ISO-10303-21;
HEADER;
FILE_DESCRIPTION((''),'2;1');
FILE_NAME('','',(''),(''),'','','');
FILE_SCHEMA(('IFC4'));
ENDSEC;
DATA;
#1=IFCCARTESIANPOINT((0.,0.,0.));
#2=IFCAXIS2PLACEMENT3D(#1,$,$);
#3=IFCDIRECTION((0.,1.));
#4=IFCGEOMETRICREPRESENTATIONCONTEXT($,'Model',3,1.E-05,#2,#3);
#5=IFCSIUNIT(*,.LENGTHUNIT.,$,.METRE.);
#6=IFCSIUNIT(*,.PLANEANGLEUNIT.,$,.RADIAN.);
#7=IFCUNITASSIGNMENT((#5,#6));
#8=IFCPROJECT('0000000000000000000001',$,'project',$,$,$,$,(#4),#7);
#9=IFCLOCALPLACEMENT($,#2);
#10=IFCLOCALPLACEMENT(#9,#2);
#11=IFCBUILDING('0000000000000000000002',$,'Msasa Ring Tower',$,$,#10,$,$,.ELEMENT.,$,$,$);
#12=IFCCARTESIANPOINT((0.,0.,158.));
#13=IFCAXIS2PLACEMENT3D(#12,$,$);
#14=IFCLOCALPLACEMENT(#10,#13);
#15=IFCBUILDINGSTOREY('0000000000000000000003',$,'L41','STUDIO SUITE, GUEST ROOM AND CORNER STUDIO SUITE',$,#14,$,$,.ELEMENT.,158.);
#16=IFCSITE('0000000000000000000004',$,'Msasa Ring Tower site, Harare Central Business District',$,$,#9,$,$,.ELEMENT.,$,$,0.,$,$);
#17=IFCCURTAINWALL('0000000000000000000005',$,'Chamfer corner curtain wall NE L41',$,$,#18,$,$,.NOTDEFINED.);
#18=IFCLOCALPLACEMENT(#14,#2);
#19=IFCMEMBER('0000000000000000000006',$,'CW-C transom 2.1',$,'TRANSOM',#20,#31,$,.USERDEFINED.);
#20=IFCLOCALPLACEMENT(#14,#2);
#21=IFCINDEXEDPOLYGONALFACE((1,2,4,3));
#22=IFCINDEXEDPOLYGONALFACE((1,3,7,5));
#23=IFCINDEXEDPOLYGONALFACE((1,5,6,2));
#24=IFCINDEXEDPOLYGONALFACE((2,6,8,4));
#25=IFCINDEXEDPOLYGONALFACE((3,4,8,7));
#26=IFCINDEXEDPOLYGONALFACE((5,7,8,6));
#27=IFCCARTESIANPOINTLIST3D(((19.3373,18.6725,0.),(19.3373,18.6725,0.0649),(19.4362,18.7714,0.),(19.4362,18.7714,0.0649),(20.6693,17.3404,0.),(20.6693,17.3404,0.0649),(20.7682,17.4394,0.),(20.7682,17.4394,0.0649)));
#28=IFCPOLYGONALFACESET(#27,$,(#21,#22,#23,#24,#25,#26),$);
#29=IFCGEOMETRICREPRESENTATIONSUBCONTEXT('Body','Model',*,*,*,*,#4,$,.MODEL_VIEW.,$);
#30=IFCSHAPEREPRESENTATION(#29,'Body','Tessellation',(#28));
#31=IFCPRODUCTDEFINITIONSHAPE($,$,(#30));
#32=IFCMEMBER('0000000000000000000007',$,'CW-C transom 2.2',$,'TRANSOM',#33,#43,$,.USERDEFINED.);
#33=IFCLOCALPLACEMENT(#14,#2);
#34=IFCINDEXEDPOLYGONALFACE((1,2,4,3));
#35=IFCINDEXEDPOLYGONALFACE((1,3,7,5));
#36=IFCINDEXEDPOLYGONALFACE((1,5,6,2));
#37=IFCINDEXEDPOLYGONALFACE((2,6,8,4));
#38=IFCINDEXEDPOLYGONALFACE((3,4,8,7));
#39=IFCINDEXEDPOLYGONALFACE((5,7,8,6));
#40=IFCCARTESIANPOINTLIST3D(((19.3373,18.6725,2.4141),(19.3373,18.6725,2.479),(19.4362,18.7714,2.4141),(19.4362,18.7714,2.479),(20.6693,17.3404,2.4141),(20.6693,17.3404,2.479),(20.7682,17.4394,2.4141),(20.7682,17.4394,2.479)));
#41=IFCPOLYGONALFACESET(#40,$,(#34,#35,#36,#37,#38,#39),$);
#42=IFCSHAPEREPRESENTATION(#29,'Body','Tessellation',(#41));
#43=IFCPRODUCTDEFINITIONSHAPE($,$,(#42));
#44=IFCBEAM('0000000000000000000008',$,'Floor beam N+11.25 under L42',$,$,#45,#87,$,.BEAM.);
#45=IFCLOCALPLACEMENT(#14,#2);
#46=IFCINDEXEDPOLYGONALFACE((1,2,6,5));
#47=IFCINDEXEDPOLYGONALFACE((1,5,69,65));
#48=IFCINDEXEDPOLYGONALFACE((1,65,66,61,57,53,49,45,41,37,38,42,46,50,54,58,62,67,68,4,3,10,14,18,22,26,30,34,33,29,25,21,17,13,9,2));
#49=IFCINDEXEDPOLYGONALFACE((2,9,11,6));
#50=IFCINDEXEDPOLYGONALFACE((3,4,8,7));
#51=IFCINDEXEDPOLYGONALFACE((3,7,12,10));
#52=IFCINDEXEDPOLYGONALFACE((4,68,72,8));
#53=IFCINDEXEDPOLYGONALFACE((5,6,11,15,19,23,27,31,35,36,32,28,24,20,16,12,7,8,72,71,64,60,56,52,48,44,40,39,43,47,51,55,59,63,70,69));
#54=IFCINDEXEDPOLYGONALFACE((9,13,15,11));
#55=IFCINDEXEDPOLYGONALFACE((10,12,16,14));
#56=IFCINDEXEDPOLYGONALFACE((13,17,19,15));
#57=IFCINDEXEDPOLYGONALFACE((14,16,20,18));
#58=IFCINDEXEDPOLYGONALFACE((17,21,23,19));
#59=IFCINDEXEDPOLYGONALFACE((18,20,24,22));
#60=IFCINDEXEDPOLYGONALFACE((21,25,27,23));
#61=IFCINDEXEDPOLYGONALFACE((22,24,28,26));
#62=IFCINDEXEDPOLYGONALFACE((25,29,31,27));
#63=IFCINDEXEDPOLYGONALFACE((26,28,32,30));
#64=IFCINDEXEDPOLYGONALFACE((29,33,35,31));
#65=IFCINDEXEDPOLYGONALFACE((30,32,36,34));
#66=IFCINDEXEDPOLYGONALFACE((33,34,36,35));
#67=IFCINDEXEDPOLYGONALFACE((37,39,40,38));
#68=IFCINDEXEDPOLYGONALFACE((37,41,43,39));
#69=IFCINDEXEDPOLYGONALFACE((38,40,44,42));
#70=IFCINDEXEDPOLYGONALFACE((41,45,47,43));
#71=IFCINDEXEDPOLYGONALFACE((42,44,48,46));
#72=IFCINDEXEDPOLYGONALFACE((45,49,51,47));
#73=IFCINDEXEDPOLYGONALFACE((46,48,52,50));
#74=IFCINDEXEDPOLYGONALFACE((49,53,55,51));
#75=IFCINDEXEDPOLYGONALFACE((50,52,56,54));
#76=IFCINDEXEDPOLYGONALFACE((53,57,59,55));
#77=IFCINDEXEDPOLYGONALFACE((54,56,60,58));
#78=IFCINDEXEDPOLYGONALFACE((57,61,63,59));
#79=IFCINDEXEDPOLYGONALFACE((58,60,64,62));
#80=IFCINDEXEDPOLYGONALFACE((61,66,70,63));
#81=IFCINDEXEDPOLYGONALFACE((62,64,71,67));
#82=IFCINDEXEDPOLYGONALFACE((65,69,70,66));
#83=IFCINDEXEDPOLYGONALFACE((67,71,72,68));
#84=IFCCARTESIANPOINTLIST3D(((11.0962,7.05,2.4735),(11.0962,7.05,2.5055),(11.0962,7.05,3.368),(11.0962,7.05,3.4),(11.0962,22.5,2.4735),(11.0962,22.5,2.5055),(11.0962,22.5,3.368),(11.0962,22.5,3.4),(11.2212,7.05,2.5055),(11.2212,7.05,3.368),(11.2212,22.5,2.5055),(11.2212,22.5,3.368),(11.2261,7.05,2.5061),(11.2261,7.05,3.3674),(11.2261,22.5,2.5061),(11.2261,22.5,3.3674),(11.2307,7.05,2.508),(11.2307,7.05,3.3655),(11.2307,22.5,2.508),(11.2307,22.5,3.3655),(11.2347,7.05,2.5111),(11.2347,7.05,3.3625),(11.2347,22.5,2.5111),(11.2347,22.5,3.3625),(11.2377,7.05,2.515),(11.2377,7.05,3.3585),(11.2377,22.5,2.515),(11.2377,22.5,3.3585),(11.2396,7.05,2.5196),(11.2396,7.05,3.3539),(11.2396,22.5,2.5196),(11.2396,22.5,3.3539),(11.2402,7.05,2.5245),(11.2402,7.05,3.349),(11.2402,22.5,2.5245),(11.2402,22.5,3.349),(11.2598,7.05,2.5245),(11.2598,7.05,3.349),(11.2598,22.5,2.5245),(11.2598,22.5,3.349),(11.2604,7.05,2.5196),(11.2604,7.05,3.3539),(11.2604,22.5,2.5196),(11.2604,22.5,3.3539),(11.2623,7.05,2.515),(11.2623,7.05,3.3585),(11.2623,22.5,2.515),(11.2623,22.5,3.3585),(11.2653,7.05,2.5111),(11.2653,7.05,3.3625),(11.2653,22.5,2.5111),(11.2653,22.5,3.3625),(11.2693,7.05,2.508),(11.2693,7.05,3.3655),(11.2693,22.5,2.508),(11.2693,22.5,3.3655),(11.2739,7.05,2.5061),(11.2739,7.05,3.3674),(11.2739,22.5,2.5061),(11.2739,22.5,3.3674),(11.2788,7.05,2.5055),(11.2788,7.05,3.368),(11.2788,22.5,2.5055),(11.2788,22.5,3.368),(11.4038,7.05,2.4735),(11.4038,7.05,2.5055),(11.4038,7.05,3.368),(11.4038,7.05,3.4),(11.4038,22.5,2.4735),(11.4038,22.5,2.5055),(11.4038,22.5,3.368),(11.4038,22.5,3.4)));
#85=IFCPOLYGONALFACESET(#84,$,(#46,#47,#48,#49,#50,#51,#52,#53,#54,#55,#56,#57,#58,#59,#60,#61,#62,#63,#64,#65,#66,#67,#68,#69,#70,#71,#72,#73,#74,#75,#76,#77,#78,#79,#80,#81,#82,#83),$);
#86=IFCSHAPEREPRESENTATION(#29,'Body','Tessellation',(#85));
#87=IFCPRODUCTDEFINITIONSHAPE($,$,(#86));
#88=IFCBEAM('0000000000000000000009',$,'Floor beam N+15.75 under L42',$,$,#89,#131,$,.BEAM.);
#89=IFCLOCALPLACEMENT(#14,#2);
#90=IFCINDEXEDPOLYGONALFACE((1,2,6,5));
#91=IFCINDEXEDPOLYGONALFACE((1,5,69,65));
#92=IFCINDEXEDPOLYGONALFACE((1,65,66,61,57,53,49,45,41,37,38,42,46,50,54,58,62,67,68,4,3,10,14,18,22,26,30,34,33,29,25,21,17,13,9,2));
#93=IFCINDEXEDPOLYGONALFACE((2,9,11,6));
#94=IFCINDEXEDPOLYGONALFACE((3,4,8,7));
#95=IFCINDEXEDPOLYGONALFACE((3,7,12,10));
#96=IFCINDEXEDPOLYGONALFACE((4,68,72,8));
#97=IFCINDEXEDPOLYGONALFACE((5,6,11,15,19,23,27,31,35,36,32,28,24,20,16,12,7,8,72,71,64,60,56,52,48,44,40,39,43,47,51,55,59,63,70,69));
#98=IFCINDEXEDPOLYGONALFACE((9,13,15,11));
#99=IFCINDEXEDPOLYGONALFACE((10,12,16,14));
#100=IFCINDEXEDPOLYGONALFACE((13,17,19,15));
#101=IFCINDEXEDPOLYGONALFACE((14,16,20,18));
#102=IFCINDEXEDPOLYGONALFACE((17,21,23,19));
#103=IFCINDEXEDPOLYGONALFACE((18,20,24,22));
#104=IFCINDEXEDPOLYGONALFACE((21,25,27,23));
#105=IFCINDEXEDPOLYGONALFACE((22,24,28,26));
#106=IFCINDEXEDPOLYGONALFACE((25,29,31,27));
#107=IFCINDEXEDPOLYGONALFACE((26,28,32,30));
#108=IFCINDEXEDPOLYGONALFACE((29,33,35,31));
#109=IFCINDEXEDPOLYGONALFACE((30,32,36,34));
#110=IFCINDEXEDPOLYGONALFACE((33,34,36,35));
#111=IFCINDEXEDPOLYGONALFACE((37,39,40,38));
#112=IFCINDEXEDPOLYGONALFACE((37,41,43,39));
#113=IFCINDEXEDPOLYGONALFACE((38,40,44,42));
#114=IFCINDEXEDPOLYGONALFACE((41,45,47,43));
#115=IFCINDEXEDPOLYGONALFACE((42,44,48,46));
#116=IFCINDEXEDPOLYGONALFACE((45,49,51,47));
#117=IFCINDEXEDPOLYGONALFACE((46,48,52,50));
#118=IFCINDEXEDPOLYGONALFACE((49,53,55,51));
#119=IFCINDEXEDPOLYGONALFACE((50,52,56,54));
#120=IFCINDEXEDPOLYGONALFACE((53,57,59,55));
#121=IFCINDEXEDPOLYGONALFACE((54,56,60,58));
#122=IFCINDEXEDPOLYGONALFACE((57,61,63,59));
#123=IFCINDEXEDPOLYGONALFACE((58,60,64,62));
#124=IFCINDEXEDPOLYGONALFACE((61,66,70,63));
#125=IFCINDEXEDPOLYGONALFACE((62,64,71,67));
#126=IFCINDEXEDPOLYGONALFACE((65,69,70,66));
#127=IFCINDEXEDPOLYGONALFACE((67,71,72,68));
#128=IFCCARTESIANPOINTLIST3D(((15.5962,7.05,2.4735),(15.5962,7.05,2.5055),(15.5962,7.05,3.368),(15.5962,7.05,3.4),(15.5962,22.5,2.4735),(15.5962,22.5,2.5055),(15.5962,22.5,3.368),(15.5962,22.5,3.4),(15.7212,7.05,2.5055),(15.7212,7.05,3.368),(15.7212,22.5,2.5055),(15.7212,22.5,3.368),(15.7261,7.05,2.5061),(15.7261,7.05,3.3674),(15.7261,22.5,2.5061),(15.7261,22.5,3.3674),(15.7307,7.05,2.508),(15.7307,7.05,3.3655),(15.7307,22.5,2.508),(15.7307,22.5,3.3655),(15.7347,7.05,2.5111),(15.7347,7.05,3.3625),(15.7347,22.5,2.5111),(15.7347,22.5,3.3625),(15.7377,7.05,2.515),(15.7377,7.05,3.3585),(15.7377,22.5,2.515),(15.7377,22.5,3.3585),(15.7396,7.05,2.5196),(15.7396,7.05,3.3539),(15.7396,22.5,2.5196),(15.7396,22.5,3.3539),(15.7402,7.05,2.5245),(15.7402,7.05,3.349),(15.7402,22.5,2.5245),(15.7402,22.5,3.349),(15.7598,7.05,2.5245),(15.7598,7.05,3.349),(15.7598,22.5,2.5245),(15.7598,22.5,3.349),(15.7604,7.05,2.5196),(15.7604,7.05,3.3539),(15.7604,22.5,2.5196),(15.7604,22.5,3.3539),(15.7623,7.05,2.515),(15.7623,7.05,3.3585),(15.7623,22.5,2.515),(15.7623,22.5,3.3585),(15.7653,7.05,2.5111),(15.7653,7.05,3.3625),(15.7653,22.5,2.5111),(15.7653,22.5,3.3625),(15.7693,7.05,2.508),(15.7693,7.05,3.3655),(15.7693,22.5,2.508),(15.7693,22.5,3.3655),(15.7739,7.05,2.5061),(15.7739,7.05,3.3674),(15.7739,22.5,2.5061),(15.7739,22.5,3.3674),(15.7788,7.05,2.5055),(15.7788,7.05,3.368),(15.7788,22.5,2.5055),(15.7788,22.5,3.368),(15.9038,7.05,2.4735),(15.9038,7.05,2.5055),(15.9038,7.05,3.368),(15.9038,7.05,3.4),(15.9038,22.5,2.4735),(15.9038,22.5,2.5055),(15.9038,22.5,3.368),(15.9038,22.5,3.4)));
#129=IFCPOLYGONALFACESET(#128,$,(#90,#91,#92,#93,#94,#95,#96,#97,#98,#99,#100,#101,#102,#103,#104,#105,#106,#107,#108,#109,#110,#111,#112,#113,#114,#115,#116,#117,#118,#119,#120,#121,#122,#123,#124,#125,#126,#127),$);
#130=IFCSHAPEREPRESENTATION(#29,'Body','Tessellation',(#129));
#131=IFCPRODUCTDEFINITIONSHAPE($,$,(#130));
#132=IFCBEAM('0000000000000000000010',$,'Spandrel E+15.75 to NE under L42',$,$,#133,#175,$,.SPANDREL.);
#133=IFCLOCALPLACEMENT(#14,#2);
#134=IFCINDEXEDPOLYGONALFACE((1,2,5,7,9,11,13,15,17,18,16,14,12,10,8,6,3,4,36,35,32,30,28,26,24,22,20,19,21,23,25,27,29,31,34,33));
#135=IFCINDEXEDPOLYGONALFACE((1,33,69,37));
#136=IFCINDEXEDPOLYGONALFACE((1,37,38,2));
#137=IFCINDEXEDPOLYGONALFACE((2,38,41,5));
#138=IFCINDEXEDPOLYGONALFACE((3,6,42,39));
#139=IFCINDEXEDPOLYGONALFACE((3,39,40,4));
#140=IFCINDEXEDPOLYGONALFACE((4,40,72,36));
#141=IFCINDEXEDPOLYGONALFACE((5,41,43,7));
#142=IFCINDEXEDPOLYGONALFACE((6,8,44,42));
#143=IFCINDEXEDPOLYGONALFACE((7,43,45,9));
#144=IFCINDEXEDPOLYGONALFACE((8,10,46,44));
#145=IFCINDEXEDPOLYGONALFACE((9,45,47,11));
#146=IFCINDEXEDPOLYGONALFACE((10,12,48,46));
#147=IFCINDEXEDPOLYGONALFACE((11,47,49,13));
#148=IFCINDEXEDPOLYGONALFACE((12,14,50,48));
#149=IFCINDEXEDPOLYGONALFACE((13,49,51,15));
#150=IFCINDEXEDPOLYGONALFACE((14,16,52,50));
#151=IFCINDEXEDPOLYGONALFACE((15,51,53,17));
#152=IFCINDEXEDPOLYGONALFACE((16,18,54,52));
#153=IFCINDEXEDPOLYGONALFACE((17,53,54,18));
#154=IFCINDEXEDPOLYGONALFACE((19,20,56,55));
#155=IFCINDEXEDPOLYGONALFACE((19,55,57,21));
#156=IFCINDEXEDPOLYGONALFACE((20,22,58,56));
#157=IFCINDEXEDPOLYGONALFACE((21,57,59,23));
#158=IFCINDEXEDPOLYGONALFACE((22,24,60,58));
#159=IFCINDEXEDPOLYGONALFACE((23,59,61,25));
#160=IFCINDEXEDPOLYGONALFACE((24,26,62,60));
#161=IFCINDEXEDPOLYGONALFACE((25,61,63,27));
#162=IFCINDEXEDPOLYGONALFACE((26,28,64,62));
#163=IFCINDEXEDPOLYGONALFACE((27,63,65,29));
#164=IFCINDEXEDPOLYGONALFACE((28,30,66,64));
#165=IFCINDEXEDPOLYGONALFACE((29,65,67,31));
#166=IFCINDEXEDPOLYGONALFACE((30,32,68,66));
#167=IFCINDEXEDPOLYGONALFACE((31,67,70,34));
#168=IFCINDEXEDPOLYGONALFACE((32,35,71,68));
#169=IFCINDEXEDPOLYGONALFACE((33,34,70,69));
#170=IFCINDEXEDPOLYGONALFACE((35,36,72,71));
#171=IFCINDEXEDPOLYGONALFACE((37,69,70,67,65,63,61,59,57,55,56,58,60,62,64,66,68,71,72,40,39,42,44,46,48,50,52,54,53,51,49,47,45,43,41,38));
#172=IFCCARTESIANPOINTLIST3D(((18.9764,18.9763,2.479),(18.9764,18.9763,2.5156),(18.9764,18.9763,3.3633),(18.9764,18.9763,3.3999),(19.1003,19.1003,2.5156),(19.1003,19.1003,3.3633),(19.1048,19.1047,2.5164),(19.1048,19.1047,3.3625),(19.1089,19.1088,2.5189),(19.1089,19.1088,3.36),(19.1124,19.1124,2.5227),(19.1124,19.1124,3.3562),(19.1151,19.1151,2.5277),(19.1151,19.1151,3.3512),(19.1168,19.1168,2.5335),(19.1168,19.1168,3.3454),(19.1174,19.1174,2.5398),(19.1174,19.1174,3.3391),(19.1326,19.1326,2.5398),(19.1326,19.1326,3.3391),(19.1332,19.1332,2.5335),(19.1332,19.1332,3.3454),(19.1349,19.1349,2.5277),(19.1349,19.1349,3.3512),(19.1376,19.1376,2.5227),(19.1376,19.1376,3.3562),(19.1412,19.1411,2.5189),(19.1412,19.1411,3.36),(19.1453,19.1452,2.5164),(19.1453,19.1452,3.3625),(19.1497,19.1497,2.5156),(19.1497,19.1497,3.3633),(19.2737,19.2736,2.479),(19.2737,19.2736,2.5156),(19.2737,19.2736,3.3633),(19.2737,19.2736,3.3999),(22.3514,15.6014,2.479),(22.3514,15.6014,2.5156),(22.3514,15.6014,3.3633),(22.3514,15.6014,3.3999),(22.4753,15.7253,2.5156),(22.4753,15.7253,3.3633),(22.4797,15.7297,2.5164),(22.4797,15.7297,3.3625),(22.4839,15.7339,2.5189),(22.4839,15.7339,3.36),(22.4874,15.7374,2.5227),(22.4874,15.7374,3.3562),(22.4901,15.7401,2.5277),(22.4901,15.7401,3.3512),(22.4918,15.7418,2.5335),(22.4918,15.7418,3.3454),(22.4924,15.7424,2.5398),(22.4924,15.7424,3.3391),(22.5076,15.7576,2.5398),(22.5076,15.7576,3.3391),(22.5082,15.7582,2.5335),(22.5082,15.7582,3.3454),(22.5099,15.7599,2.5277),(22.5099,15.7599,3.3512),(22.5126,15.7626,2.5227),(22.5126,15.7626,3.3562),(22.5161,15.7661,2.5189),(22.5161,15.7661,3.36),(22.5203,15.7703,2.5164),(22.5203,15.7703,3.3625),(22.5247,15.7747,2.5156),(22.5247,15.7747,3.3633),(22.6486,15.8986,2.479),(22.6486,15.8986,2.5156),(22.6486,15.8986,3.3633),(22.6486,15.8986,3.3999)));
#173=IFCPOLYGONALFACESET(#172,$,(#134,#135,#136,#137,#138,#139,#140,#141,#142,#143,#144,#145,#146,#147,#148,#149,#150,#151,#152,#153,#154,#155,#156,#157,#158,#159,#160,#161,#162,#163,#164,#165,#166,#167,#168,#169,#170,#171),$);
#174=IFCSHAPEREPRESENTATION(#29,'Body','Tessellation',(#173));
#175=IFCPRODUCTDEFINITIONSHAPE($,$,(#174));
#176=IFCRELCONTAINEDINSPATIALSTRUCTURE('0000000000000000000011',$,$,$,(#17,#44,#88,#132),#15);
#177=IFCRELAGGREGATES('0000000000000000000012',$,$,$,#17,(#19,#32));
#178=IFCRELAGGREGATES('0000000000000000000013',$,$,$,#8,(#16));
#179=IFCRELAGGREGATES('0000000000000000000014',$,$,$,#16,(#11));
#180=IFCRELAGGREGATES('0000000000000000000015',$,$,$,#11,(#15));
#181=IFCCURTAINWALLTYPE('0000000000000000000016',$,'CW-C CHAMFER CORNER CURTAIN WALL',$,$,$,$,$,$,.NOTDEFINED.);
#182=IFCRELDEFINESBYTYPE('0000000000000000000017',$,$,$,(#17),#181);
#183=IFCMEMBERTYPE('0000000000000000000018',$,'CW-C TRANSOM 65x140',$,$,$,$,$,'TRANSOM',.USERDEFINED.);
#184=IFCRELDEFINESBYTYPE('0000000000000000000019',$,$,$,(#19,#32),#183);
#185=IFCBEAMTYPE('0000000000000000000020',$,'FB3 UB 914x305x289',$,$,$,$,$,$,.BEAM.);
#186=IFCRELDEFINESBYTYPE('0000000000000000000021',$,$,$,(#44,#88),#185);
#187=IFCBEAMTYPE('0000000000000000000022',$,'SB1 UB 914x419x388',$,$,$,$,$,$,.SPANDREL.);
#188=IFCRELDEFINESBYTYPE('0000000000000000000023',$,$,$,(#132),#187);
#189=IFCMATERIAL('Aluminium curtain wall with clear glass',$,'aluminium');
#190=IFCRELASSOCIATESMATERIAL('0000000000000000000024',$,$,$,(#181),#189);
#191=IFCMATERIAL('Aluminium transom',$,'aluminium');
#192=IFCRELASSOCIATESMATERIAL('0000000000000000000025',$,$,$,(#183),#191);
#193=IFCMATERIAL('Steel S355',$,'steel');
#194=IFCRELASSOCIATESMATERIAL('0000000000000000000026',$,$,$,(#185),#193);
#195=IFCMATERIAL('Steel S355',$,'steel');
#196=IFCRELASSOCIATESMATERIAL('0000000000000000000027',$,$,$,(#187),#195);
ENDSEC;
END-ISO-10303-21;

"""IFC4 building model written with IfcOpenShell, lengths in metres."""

from ifc_helpers import new_model, si_unit, direction, frame, origin, origin_2d, place, context, subcontext, project, spatial, rectangle, i_section, extrude, material, material_profile, profile_set, type_object, element, aggregate, save


model = new_model("IFC4")

# Units and contexts
model_context = context("Model", 3, precision=1e-05, world=origin(), true_north=direction((0.0, 1.0)))
body_context = subcontext(model_context, "Body", "Model", "MODEL_VIEW")
ifc_project = project(units=[si_unit("LENGTHUNIT", "METRE"), si_unit("PLANEANGLEUNIT", "RADIAN")], contexts=[model_context])

# Site, building, storey
site_placement = place(None, origin())
site = spatial("IfcSite", under=ifc_project, at=site_placement, Name="Msasa Ring Tower site, Harare Central Business District", CompositionType="ELEMENT", RefElevation=0.0)
building_placement = place(site_placement, origin())
building = spatial("IfcBuilding", under=site, at=building_placement, Name="Msasa Ring Tower", CompositionType="ELEMENT")
storey_placement = place(building_placement, frame((0.0, 0.0, 158.0)))
storey = spatial("IfcBuildingStorey", under=building, at=storey_placement, Name="L41", Description="STUDIO SUITE, GUEST ROOM AND CORNER STUDIO SUITE", CompositionType="ELEMENT", Elevation=158.0)

# Curtain wall
ifc_material_1 = material(Name="Aluminium curtain wall with clear glass", Category="aluminium")
curtain_wall_type = type_object("IfcCurtainWallType", Name="CW-C CHAMFER CORNER CURTAIN WALL", PredefinedType="NOTDEFINED", material=ifc_material_1)
curtain_wall_1_placement = place(storey_placement, origin())
curtain_wall_1 = element("IfcCurtainWall", 1, at=curtain_wall_1_placement, inside=storey, type_object=curtain_wall_type, Name="Chamfer corner curtain wall NE L41", PredefinedType="NOTDEFINED")

# Members
ifc_material_2 = material(Name="Aluminium transom", Category="aluminium")
ifc_material_profile_1 = material_profile(ifc_material_2, rectangle(XDim=0.1399, YDim=0.0649, at=origin_2d()), Name="AL 65x140")
ifc_profile_set_1 = profile_set([ifc_material_profile_1], Name="Aluminium transom")
member_type_1 = type_object("IfcMemberType", Name="CW-C TRANSOM 65x140", ElementType="TRANSOM", PredefinedType="USERDEFINED", material=ifc_profile_set_1)
member_1_placement = place(storey_placement, frame((20.7188, 17.3899, 0.0325), z_axis=(-0.707107, 0.707107, 0.0), x_axis=(-0.707107, -0.707107, 0.0)))
member_1 = element("IfcMember", 2, at=member_1_placement, type_object=member_type_1, Name="CW-C transom 2.1", ObjectType="TRANSOM", PredefinedType="USERDEFINED", context=body_context, shape_type="SweptSolid", body=[
    extrude(rectangle(XDim=0.1399, YDim=0.0649, at=origin_2d()), origin(), (0.0, 0.0, 1.0), 1.8838),
])
member_2_placement = place(storey_placement, frame((20.7188, 17.3899, 2.4465), z_axis=(-0.707107, 0.707107, 0.0), x_axis=(-0.707107, -0.707107, 0.0)))
member_2 = element("IfcMember", 3, at=member_2_placement, type_object=member_type_1, Name="CW-C transom 2.2", ObjectType="TRANSOM", PredefinedType="USERDEFINED", context=body_context, shape_type="SweptSolid", body=[
    extrude(rectangle(XDim=0.1399, YDim=0.0649, at=origin_2d()), origin(), (0.0, 0.0, 1.0), 1.8838),
])

# Beams
ifc_material_3 = material(Name="Steel S355", Category="steel")
ifc_material_profile_2 = material_profile(ifc_material_3, i_section(OverallWidth=0.3076, OverallDepth=0.9265, WebThickness=0.0195, FlangeThickness=0.032, FilletRadius=0.019, at=origin_2d()), Name="UB 914x305x289")
ifc_profile_set_2 = profile_set([ifc_material_profile_2], Name="Steel S355")
beam_type_1 = type_object("IfcBeamType", Name="FB3 UB 914x305x289", PredefinedType="BEAM", material=ifc_profile_set_2)
for number, where, z_axis, x_axis, name in (
    (4, (11.25, 22.5, 2.9368), (0.0, -1.0, 0.0), (1.0, 0.0, 0.0), "Floor beam N+11.25 under L42"),
    (5, (15.75, 22.5, 2.9368), (0.0, -1.0, 0.0), (1.0, 0.0, 0.0), "Floor beam N+15.75 under L42"),
):
    element("IfcBeam", number, at=place(storey_placement, frame(where, z_axis=z_axis, x_axis=x_axis)), inside=storey, type_object=beam_type_1, Name=name, PredefinedType="BEAM", context=body_context, shape_type="SweptSolid", body=[
        extrude(i_section(OverallWidth=0.3076, OverallDepth=0.9265, WebThickness=0.0195, FlangeThickness=0.032, FilletRadius=0.019, at=origin_2d()), origin(), (0.0, 0.0, 1.0), 15.45),
    ])
ifc_material_4 = material(Name="Steel S355", Category="steel")
ifc_material_profile_3 = material_profile(ifc_material_4, i_section(OverallWidth=0.4204, OverallDepth=0.9209, WebThickness=0.0215, FlangeThickness=0.0366, FilletRadius=0.0242, at=origin_2d()), Name="UB 914x419x388")
ifc_profile_set_3 = profile_set([ifc_material_profile_3], Name="Steel S355")
beam_type_2 = type_object("IfcBeamType", Name="SB1 UB 914x419x388", PredefinedType="SPANDREL", material=ifc_profile_set_3)
for number, where, z_axis, x_axis, name in (
    (6, (22.5, 15.75, 2.9395), (-0.707107, 0.707107, 0.0), (-0.707107, -0.707107, 0.0), "Spandrel E+15.75 to NE under L42"),
):
    element("IfcBeam", number, at=place(storey_placement, frame(where, z_axis=z_axis, x_axis=x_axis)), inside=storey, type_object=beam_type_2, Name=name, PredefinedType="SPANDREL", context=body_context, shape_type="SweptSolid", body=[
        extrude(i_section(OverallWidth=0.4204, OverallDepth=0.9209, WebThickness=0.0215, FlangeThickness=0.0366, FilletRadius=0.0242, at=origin_2d()), origin(), (0.0, 0.0, 1.0), 4.7729),
    ])

aggregate(curtain_wall_1, [member_1, member_2])

save(model, "model.ifc")
